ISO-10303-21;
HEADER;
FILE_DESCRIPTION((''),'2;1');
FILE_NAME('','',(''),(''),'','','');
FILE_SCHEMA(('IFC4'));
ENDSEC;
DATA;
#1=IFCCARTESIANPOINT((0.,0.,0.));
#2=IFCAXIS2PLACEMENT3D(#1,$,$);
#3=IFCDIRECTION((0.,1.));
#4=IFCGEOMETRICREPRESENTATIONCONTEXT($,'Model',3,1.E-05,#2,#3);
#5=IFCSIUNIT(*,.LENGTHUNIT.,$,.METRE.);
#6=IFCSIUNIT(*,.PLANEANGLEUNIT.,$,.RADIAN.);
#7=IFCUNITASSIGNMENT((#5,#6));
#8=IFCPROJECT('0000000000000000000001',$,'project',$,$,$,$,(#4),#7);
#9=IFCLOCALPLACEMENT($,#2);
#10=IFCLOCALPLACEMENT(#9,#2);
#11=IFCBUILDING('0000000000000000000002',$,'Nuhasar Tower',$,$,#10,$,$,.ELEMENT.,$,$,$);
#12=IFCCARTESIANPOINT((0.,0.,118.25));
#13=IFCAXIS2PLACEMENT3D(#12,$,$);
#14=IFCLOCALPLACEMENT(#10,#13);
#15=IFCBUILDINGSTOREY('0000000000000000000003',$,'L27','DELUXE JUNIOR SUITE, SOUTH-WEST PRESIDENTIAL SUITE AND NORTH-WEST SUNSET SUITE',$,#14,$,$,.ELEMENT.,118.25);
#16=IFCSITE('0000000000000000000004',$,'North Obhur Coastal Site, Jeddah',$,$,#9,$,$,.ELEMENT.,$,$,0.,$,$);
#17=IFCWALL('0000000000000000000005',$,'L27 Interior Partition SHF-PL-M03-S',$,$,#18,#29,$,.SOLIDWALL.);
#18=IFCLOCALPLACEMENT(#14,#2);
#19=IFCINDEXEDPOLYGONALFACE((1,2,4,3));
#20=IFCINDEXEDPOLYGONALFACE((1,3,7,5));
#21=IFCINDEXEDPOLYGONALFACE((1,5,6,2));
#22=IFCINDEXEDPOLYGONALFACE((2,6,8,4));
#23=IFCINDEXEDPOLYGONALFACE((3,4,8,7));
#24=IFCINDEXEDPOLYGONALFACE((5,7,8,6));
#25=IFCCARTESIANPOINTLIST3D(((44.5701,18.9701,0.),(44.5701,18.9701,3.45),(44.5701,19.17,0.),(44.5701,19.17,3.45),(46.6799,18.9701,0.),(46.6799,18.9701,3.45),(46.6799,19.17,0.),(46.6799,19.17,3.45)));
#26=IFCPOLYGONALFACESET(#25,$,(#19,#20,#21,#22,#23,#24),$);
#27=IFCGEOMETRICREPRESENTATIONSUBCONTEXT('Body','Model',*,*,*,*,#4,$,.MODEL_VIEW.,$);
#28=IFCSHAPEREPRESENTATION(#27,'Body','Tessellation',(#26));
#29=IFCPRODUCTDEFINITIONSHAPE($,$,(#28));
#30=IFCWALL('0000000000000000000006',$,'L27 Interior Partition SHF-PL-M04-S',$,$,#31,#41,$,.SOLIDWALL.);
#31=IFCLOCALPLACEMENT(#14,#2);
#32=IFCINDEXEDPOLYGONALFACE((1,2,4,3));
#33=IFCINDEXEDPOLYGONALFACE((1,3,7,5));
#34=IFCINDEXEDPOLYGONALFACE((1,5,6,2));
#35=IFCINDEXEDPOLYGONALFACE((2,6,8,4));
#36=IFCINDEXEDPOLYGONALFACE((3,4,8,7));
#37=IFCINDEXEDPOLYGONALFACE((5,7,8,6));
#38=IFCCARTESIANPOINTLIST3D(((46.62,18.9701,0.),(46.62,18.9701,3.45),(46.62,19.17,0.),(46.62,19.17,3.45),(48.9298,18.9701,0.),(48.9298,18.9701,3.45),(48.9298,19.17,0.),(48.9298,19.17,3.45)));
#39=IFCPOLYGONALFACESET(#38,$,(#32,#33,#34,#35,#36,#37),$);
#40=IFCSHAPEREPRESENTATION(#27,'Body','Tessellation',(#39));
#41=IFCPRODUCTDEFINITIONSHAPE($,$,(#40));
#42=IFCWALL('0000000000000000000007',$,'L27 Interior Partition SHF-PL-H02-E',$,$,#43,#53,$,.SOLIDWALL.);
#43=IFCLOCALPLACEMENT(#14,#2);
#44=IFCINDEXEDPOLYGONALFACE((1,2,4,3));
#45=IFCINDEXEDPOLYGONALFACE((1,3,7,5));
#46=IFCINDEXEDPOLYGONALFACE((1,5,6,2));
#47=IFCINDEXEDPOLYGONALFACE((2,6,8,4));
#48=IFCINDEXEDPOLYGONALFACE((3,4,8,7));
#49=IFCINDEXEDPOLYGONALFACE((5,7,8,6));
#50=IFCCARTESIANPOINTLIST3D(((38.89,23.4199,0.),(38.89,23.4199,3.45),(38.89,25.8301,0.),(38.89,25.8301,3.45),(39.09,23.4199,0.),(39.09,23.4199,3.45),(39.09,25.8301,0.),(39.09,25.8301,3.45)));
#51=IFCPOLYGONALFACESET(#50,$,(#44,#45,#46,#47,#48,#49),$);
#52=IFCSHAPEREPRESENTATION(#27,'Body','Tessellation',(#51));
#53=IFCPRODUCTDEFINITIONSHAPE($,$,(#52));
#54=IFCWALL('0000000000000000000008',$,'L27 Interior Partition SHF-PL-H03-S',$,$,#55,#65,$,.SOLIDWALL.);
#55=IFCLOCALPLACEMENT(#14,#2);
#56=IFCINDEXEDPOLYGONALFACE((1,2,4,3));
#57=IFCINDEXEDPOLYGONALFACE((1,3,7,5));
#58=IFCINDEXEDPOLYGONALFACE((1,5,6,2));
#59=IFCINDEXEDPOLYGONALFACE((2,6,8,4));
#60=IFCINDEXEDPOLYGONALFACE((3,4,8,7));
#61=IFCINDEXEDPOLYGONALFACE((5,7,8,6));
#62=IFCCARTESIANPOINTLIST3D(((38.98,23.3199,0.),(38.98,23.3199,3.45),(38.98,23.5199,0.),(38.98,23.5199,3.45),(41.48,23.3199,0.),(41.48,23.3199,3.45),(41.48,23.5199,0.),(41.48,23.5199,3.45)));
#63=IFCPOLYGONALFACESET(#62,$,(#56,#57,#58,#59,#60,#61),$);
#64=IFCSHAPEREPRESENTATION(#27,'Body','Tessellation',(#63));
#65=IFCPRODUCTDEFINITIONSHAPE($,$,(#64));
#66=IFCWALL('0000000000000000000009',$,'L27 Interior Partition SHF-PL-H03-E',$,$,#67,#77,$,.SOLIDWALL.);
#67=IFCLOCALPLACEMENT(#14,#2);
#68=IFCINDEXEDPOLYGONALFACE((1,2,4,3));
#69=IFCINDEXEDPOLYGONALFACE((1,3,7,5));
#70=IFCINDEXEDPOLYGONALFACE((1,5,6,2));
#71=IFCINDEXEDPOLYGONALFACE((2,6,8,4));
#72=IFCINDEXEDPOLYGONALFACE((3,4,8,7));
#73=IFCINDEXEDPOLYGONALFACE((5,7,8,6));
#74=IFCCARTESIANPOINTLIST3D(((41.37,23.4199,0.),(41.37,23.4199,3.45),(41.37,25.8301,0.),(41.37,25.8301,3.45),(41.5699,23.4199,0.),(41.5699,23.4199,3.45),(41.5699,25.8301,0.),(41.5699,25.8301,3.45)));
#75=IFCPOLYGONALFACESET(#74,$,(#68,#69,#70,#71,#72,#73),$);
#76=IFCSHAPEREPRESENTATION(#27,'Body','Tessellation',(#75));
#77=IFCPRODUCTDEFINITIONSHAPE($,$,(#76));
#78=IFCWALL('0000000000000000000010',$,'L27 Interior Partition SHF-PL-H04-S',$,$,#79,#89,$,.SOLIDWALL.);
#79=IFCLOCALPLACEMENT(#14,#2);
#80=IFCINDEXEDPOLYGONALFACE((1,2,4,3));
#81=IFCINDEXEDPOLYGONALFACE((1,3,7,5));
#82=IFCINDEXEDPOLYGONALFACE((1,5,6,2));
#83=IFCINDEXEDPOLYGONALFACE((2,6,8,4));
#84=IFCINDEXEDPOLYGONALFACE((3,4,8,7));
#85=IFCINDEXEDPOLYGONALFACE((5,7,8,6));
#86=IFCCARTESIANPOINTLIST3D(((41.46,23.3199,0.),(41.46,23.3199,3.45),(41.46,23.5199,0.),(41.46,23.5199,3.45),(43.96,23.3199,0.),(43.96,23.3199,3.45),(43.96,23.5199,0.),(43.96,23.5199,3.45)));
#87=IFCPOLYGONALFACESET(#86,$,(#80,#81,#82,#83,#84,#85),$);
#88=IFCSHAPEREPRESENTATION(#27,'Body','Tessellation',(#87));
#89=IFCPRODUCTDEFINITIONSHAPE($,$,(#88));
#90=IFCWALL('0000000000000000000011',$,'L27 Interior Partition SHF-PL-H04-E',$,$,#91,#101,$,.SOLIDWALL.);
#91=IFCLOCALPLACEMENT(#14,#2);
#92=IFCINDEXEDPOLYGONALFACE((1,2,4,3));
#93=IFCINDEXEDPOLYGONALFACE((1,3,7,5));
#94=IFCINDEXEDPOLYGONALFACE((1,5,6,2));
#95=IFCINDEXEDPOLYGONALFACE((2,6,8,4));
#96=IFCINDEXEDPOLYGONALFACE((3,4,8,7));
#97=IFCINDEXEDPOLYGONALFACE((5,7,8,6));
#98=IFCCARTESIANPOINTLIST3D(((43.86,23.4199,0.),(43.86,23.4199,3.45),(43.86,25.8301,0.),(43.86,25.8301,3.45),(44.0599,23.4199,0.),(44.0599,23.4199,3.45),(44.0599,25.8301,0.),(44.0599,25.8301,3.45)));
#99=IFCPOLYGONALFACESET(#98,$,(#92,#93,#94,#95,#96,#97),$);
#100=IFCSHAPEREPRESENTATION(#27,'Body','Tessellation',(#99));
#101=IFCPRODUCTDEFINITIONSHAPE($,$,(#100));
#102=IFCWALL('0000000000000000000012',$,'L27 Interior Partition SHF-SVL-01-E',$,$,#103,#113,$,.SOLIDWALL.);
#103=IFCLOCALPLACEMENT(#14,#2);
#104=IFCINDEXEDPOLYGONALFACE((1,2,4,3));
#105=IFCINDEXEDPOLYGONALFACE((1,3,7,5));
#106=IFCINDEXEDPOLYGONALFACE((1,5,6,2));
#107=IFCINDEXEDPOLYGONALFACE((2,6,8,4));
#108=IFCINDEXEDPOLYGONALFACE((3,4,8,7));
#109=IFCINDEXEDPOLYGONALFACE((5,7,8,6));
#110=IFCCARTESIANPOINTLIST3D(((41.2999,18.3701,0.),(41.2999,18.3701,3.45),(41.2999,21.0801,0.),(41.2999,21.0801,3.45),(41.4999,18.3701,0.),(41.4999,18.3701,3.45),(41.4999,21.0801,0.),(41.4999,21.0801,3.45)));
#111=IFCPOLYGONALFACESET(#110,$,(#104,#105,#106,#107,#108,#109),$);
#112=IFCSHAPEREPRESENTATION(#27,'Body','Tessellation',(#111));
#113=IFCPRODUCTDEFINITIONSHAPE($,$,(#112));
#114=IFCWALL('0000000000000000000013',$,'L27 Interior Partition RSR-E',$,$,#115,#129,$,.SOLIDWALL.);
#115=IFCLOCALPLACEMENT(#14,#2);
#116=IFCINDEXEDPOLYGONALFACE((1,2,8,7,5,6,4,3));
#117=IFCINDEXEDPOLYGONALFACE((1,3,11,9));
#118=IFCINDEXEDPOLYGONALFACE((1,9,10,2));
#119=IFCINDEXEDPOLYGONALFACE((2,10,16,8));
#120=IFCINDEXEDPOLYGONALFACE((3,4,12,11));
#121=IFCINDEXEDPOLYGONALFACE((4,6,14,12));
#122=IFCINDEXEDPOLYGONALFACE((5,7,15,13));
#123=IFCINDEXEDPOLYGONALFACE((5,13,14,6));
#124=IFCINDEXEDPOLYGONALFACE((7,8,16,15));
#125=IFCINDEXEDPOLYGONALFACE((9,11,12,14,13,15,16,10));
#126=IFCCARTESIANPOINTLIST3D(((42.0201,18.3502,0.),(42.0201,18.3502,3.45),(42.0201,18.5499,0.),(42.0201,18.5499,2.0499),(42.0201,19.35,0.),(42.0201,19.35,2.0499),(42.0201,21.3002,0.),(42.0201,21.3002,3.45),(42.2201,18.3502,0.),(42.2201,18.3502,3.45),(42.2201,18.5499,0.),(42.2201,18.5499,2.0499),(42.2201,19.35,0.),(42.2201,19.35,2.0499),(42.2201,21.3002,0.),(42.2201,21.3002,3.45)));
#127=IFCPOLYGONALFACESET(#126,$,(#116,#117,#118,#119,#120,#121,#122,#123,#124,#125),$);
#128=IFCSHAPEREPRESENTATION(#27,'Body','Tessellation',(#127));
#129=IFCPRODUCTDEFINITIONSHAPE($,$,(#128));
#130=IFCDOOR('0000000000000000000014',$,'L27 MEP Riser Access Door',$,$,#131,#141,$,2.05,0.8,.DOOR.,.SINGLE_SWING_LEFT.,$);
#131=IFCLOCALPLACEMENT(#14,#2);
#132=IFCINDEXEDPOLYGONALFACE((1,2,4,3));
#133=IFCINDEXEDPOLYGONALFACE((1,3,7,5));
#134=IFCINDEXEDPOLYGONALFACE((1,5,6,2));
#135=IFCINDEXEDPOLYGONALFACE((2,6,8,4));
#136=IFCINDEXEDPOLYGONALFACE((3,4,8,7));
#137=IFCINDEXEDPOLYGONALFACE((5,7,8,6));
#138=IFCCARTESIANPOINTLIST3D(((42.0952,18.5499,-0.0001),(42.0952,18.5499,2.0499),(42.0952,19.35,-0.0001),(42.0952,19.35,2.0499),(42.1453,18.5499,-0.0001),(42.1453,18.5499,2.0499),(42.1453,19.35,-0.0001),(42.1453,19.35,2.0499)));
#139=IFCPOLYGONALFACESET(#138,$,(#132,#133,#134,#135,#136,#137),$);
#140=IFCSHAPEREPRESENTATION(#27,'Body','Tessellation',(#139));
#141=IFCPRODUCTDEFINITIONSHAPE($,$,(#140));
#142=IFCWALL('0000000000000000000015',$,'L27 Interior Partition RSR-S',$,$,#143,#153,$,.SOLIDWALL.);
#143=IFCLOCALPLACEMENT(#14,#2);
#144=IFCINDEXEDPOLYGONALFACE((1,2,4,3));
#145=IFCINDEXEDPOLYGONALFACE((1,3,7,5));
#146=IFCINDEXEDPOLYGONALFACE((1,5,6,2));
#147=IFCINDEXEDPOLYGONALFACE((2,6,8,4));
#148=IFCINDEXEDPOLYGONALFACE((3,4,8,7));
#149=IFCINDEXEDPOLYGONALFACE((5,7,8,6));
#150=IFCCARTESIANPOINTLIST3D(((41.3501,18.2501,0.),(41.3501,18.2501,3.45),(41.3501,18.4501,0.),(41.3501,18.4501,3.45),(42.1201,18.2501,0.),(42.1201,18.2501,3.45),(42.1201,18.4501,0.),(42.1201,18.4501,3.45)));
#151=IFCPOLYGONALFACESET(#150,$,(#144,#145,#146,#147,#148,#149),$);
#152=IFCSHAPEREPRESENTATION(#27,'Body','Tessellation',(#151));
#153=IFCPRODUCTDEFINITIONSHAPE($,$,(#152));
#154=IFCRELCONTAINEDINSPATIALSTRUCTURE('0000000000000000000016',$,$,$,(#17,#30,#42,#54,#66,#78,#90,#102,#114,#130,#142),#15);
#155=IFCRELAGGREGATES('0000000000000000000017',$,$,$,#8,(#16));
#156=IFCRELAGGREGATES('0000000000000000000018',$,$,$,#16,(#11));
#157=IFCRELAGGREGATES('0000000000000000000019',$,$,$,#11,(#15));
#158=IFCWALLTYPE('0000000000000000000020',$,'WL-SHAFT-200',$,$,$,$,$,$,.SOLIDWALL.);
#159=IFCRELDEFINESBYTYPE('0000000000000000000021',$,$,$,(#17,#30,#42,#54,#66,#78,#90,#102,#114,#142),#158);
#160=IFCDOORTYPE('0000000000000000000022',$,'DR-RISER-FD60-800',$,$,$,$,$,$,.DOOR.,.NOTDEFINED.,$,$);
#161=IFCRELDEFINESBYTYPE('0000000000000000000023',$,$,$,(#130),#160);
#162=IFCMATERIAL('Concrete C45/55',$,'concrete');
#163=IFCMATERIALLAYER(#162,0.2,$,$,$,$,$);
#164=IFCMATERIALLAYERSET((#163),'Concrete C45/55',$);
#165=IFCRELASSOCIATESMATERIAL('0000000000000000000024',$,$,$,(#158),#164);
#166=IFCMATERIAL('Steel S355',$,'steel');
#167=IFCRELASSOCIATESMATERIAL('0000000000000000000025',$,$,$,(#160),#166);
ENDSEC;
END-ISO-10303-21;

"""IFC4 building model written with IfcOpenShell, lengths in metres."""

from ifc_helpers import new_model, si_unit, direction, frame, frame_2d, origin, place, context, subcontext, project, spatial, rectangle, extrude, material, layer, layer_set, type_object, element, fill, save


model = new_model("IFC4")

# Units and contexts
model_context = context("Model", 3, precision=1e-05, world=origin(), true_north=direction((0.0, 1.0)))
body_context = subcontext(model_context, "Body", "Model", "MODEL_VIEW")
ifc_project = project(units=[si_unit("LENGTHUNIT", "METRE"), si_unit("PLANEANGLEUNIT", "RADIAN")], contexts=[model_context])

# Site, building, storey
site_placement = place(None, origin())
site = spatial("IfcSite", under=ifc_project, at=site_placement, Name="North Obhur Coastal Site, Jeddah", CompositionType="ELEMENT", RefElevation=0.0)
building_placement = place(site_placement, origin())
building = spatial("IfcBuilding", under=site, at=building_placement, Name="Nuhasar Tower", CompositionType="ELEMENT")
storey_placement = place(building_placement, frame((0.0, 0.0, 118.25)))
storey = spatial("IfcBuildingStorey", under=building, at=storey_placement, Name="L27", Description="DELUXE JUNIOR SUITE, SOUTH-WEST PRESIDENTIAL SUITE AND NORTH-WEST SUNSET SUITE", CompositionType="ELEMENT", Elevation=118.25)

# Shared definitions
ifc_material_1 = material(Name="Steel S355", Category="steel")

# Shared definitions
ifc_material_2 = material(Name="Concrete C45/55", Category="concrete")

# Shared definitions
ifc_layer_1 = layer(ifc_material_2, 0.2)
ifc_layer_set_1 = layer_set([ifc_layer_1], Name="Concrete C45/55")
wall_type_1 = type_object("IfcWallType", Name="WL-SHAFT-200", PredefinedType="SOLIDWALL", material=ifc_layer_set_1)

# Wall
wall_1_placement = place(storey_placement, frame((44.5701, 19.0701, 0.0), z_axis=(0.0, 0.0, 1.0), x_axis=(1.0, 0.0, 0.0)))
element("IfcWall", 1, at=wall_1_placement, inside=storey, type_object=wall_type_1, Name="L27 Interior Partition SHF-PL-M03-S", PredefinedType="SOLIDWALL", context=body_context, shape_type="SweptSolid", body=[
    extrude(rectangle(XDim=2.1099, YDim=0.2, at=frame_2d((1.0549, 0.0))), origin(), (0.0, 0.0, 1.0), 3.45),
])

# Walls
wall_2_placement = place(storey_placement, frame((46.6201, 19.0701, 0.0), z_axis=(0.0, 0.0, 1.0), x_axis=(1.0, 0.0, 0.0)))
element("IfcWall", 2, at=wall_2_placement, inside=storey, type_object=wall_type_1, Name="L27 Interior Partition SHF-PL-M04-S", PredefinedType="SOLIDWALL", context=body_context, shape_type="SweptSolid", body=[
    extrude(rectangle(XDim=2.3098, YDim=0.2, at=frame_2d((1.1548, 0.0))), origin(), (0.0, 0.0, 1.0), 3.45),
])
wall_3_placement = place(storey_placement, frame((38.99, 23.4199, 0.0), z_axis=(0.0, 0.0, 1.0), x_axis=(0.0, 1.0, 0.0)))
element("IfcWall", 3, at=wall_3_placement, inside=storey, type_object=wall_type_1, Name="L27 Interior Partition SHF-PL-H02-E", PredefinedType="SOLIDWALL", context=body_context, shape_type="SweptSolid", body=[
    extrude(rectangle(XDim=2.4102, YDim=0.2, at=frame_2d((1.2051, 0.0))), origin(), (0.0, 0.0, 1.0), 3.45),
])
wall_4_placement = place(storey_placement, frame((38.98, 23.4199, 0.0), z_axis=(0.0, 0.0, 1.0), x_axis=(1.0, 0.0, 0.0)))
element("IfcWall", 4, at=wall_4_placement, inside=storey, type_object=wall_type_1, Name="L27 Interior Partition SHF-PL-H03-S", PredefinedType="SOLIDWALL", context=body_context, shape_type="SweptSolid", body=[
    extrude(rectangle(XDim=2.5, YDim=0.2, at=frame_2d((1.25, 0.0))), origin(), (0.0, 0.0, 1.0), 3.45),
])
wall_5_placement = place(storey_placement, frame((41.47, 23.4199, 0.0), z_axis=(0.0, 0.0, 1.0), x_axis=(0.0, 1.0, 0.0)))
element("IfcWall", 5, at=wall_5_placement, inside=storey, type_object=wall_type_1, Name="L27 Interior Partition SHF-PL-H03-E", PredefinedType="SOLIDWALL", context=body_context, shape_type="SweptSolid", body=[
    extrude(rectangle(XDim=2.4102, YDim=0.2, at=frame_2d((1.2051, 0.0))), origin(), (0.0, 0.0, 1.0), 3.45),
])
wall_6_placement = place(storey_placement, frame((41.46, 23.4199, 0.0), z_axis=(0.0, 0.0, 1.0), x_axis=(1.0, 0.0, 0.0)))
element("IfcWall", 6, at=wall_6_placement, inside=storey, type_object=wall_type_1, Name="L27 Interior Partition SHF-PL-H04-S", PredefinedType="SOLIDWALL", context=body_context, shape_type="SweptSolid", body=[
    extrude(rectangle(XDim=2.5, YDim=0.2, at=frame_2d((1.25, 0.0))), origin(), (0.0, 0.0, 1.0), 3.45),
])
wall_7_placement = place(storey_placement, frame((43.96, 23.4199, 0.0), z_axis=(0.0, 0.0, 1.0), x_axis=(0.0, 1.0, 0.0)))
element("IfcWall", 7, at=wall_7_placement, inside=storey, type_object=wall_type_1, Name="L27 Interior Partition SHF-PL-H04-E", PredefinedType="SOLIDWALL", context=body_context, shape_type="SweptSolid", body=[
    extrude(rectangle(XDim=2.4102, YDim=0.2, at=frame_2d((1.2051, 0.0))), origin(), (0.0, 0.0, 1.0), 3.45),
])
wall_8_placement = place(storey_placement, frame((41.3999, 18.3701, 0.0), z_axis=(0.0, 0.0, 1.0), x_axis=(0.0, 1.0, 0.0)))
element("IfcWall", 8, at=wall_8_placement, inside=storey, type_object=wall_type_1, Name="L27 Interior Partition SHF-SVL-01-E", PredefinedType="SOLIDWALL", context=body_context, shape_type="SweptSolid", body=[
    extrude(rectangle(XDim=2.71, YDim=0.2, at=frame_2d((1.355, 0.0))), origin(), (0.0, 0.0, 1.0), 3.45),
])

# Wall, opening, door
wall_9_placement = place(storey_placement, frame((42.1201, 18.3501, 0.0), z_axis=(0.0, 0.0, 1.0), x_axis=(0.0, 1.0, 0.0)))
wall_9 = element("IfcWall", 9, at=wall_9_placement, inside=storey, type_object=wall_type_1, Name="L27 Interior Partition RSR-E", PredefinedType="SOLIDWALL", context=body_context, shape_type="SweptSolid", body=[
    extrude(rectangle(XDim=2.95, YDim=0.2, at=frame_2d((1.4751, 0.0))), origin(), (0.0, 0.0, 1.0), 3.45),
])
opening_1_placement = place(wall_9_placement, frame((0.2, 0.0, 0.0)))
opening_1 = element("IfcOpeningElement", 10, at=opening_1_placement, cuts=wall_9, PredefinedType="OPENING", context=body_context, shape_type="SweptSolid", body=[
    extrude(rectangle(XDim=0.8, YDim=2.05, at=frame_2d((0.3999, 1.0249))), frame((0.0, 0.1099, 0.0), z_axis=(0.0, -1.0, 0.0), x_axis=(1.0, 0.0, 0.0)), (0.0, 0.0, 1.0), 0.22),
])
door_type_1 = type_object("IfcDoorType", Name="DR-RISER-FD60-800", OperationType="NOTDEFINED", PredefinedType="DOOR", material=ifc_material_1)
door_1_placement = place(opening_1_placement, origin())
door_1 = element("IfcDoor", 11, at=door_1_placement, inside=storey, type_object=door_type_1, Name="L27 MEP Riser Access Door", OperationType="SINGLE_SWING_LEFT", OverallHeight=2.05, OverallWidth=0.8, PredefinedType="DOOR", context=body_context, shape_type="SweptSolid", body=[
    extrude(rectangle(XDim=0.8, YDim=2.05, at=frame_2d((0.3999, 1.0249))), frame((0.0, 0.0249, 0.0), z_axis=(0.0, -1.0, 0.0), x_axis=(1.0, 0.0, 0.0)), (0.0, 0.0, 1.0), 0.05),
])
fill(opening_1, door_1)

# Wall
wall_10_placement = place(storey_placement, frame((41.3501, 18.3501, 0.0), z_axis=(0.0, 0.0, 1.0), x_axis=(1.0, 0.0, 0.0)))
element("IfcWall", 12, at=wall_10_placement, inside=storey, type_object=wall_type_1, Name="L27 Interior Partition RSR-S", PredefinedType="SOLIDWALL", context=body_context, shape_type="SweptSolid", body=[
    extrude(rectangle(XDim=0.77, YDim=0.2, at=frame_2d((0.385, 0.0))), origin(), (0.0, 0.0, 1.0), 3.45),
])

save(model, "model.ifc")
